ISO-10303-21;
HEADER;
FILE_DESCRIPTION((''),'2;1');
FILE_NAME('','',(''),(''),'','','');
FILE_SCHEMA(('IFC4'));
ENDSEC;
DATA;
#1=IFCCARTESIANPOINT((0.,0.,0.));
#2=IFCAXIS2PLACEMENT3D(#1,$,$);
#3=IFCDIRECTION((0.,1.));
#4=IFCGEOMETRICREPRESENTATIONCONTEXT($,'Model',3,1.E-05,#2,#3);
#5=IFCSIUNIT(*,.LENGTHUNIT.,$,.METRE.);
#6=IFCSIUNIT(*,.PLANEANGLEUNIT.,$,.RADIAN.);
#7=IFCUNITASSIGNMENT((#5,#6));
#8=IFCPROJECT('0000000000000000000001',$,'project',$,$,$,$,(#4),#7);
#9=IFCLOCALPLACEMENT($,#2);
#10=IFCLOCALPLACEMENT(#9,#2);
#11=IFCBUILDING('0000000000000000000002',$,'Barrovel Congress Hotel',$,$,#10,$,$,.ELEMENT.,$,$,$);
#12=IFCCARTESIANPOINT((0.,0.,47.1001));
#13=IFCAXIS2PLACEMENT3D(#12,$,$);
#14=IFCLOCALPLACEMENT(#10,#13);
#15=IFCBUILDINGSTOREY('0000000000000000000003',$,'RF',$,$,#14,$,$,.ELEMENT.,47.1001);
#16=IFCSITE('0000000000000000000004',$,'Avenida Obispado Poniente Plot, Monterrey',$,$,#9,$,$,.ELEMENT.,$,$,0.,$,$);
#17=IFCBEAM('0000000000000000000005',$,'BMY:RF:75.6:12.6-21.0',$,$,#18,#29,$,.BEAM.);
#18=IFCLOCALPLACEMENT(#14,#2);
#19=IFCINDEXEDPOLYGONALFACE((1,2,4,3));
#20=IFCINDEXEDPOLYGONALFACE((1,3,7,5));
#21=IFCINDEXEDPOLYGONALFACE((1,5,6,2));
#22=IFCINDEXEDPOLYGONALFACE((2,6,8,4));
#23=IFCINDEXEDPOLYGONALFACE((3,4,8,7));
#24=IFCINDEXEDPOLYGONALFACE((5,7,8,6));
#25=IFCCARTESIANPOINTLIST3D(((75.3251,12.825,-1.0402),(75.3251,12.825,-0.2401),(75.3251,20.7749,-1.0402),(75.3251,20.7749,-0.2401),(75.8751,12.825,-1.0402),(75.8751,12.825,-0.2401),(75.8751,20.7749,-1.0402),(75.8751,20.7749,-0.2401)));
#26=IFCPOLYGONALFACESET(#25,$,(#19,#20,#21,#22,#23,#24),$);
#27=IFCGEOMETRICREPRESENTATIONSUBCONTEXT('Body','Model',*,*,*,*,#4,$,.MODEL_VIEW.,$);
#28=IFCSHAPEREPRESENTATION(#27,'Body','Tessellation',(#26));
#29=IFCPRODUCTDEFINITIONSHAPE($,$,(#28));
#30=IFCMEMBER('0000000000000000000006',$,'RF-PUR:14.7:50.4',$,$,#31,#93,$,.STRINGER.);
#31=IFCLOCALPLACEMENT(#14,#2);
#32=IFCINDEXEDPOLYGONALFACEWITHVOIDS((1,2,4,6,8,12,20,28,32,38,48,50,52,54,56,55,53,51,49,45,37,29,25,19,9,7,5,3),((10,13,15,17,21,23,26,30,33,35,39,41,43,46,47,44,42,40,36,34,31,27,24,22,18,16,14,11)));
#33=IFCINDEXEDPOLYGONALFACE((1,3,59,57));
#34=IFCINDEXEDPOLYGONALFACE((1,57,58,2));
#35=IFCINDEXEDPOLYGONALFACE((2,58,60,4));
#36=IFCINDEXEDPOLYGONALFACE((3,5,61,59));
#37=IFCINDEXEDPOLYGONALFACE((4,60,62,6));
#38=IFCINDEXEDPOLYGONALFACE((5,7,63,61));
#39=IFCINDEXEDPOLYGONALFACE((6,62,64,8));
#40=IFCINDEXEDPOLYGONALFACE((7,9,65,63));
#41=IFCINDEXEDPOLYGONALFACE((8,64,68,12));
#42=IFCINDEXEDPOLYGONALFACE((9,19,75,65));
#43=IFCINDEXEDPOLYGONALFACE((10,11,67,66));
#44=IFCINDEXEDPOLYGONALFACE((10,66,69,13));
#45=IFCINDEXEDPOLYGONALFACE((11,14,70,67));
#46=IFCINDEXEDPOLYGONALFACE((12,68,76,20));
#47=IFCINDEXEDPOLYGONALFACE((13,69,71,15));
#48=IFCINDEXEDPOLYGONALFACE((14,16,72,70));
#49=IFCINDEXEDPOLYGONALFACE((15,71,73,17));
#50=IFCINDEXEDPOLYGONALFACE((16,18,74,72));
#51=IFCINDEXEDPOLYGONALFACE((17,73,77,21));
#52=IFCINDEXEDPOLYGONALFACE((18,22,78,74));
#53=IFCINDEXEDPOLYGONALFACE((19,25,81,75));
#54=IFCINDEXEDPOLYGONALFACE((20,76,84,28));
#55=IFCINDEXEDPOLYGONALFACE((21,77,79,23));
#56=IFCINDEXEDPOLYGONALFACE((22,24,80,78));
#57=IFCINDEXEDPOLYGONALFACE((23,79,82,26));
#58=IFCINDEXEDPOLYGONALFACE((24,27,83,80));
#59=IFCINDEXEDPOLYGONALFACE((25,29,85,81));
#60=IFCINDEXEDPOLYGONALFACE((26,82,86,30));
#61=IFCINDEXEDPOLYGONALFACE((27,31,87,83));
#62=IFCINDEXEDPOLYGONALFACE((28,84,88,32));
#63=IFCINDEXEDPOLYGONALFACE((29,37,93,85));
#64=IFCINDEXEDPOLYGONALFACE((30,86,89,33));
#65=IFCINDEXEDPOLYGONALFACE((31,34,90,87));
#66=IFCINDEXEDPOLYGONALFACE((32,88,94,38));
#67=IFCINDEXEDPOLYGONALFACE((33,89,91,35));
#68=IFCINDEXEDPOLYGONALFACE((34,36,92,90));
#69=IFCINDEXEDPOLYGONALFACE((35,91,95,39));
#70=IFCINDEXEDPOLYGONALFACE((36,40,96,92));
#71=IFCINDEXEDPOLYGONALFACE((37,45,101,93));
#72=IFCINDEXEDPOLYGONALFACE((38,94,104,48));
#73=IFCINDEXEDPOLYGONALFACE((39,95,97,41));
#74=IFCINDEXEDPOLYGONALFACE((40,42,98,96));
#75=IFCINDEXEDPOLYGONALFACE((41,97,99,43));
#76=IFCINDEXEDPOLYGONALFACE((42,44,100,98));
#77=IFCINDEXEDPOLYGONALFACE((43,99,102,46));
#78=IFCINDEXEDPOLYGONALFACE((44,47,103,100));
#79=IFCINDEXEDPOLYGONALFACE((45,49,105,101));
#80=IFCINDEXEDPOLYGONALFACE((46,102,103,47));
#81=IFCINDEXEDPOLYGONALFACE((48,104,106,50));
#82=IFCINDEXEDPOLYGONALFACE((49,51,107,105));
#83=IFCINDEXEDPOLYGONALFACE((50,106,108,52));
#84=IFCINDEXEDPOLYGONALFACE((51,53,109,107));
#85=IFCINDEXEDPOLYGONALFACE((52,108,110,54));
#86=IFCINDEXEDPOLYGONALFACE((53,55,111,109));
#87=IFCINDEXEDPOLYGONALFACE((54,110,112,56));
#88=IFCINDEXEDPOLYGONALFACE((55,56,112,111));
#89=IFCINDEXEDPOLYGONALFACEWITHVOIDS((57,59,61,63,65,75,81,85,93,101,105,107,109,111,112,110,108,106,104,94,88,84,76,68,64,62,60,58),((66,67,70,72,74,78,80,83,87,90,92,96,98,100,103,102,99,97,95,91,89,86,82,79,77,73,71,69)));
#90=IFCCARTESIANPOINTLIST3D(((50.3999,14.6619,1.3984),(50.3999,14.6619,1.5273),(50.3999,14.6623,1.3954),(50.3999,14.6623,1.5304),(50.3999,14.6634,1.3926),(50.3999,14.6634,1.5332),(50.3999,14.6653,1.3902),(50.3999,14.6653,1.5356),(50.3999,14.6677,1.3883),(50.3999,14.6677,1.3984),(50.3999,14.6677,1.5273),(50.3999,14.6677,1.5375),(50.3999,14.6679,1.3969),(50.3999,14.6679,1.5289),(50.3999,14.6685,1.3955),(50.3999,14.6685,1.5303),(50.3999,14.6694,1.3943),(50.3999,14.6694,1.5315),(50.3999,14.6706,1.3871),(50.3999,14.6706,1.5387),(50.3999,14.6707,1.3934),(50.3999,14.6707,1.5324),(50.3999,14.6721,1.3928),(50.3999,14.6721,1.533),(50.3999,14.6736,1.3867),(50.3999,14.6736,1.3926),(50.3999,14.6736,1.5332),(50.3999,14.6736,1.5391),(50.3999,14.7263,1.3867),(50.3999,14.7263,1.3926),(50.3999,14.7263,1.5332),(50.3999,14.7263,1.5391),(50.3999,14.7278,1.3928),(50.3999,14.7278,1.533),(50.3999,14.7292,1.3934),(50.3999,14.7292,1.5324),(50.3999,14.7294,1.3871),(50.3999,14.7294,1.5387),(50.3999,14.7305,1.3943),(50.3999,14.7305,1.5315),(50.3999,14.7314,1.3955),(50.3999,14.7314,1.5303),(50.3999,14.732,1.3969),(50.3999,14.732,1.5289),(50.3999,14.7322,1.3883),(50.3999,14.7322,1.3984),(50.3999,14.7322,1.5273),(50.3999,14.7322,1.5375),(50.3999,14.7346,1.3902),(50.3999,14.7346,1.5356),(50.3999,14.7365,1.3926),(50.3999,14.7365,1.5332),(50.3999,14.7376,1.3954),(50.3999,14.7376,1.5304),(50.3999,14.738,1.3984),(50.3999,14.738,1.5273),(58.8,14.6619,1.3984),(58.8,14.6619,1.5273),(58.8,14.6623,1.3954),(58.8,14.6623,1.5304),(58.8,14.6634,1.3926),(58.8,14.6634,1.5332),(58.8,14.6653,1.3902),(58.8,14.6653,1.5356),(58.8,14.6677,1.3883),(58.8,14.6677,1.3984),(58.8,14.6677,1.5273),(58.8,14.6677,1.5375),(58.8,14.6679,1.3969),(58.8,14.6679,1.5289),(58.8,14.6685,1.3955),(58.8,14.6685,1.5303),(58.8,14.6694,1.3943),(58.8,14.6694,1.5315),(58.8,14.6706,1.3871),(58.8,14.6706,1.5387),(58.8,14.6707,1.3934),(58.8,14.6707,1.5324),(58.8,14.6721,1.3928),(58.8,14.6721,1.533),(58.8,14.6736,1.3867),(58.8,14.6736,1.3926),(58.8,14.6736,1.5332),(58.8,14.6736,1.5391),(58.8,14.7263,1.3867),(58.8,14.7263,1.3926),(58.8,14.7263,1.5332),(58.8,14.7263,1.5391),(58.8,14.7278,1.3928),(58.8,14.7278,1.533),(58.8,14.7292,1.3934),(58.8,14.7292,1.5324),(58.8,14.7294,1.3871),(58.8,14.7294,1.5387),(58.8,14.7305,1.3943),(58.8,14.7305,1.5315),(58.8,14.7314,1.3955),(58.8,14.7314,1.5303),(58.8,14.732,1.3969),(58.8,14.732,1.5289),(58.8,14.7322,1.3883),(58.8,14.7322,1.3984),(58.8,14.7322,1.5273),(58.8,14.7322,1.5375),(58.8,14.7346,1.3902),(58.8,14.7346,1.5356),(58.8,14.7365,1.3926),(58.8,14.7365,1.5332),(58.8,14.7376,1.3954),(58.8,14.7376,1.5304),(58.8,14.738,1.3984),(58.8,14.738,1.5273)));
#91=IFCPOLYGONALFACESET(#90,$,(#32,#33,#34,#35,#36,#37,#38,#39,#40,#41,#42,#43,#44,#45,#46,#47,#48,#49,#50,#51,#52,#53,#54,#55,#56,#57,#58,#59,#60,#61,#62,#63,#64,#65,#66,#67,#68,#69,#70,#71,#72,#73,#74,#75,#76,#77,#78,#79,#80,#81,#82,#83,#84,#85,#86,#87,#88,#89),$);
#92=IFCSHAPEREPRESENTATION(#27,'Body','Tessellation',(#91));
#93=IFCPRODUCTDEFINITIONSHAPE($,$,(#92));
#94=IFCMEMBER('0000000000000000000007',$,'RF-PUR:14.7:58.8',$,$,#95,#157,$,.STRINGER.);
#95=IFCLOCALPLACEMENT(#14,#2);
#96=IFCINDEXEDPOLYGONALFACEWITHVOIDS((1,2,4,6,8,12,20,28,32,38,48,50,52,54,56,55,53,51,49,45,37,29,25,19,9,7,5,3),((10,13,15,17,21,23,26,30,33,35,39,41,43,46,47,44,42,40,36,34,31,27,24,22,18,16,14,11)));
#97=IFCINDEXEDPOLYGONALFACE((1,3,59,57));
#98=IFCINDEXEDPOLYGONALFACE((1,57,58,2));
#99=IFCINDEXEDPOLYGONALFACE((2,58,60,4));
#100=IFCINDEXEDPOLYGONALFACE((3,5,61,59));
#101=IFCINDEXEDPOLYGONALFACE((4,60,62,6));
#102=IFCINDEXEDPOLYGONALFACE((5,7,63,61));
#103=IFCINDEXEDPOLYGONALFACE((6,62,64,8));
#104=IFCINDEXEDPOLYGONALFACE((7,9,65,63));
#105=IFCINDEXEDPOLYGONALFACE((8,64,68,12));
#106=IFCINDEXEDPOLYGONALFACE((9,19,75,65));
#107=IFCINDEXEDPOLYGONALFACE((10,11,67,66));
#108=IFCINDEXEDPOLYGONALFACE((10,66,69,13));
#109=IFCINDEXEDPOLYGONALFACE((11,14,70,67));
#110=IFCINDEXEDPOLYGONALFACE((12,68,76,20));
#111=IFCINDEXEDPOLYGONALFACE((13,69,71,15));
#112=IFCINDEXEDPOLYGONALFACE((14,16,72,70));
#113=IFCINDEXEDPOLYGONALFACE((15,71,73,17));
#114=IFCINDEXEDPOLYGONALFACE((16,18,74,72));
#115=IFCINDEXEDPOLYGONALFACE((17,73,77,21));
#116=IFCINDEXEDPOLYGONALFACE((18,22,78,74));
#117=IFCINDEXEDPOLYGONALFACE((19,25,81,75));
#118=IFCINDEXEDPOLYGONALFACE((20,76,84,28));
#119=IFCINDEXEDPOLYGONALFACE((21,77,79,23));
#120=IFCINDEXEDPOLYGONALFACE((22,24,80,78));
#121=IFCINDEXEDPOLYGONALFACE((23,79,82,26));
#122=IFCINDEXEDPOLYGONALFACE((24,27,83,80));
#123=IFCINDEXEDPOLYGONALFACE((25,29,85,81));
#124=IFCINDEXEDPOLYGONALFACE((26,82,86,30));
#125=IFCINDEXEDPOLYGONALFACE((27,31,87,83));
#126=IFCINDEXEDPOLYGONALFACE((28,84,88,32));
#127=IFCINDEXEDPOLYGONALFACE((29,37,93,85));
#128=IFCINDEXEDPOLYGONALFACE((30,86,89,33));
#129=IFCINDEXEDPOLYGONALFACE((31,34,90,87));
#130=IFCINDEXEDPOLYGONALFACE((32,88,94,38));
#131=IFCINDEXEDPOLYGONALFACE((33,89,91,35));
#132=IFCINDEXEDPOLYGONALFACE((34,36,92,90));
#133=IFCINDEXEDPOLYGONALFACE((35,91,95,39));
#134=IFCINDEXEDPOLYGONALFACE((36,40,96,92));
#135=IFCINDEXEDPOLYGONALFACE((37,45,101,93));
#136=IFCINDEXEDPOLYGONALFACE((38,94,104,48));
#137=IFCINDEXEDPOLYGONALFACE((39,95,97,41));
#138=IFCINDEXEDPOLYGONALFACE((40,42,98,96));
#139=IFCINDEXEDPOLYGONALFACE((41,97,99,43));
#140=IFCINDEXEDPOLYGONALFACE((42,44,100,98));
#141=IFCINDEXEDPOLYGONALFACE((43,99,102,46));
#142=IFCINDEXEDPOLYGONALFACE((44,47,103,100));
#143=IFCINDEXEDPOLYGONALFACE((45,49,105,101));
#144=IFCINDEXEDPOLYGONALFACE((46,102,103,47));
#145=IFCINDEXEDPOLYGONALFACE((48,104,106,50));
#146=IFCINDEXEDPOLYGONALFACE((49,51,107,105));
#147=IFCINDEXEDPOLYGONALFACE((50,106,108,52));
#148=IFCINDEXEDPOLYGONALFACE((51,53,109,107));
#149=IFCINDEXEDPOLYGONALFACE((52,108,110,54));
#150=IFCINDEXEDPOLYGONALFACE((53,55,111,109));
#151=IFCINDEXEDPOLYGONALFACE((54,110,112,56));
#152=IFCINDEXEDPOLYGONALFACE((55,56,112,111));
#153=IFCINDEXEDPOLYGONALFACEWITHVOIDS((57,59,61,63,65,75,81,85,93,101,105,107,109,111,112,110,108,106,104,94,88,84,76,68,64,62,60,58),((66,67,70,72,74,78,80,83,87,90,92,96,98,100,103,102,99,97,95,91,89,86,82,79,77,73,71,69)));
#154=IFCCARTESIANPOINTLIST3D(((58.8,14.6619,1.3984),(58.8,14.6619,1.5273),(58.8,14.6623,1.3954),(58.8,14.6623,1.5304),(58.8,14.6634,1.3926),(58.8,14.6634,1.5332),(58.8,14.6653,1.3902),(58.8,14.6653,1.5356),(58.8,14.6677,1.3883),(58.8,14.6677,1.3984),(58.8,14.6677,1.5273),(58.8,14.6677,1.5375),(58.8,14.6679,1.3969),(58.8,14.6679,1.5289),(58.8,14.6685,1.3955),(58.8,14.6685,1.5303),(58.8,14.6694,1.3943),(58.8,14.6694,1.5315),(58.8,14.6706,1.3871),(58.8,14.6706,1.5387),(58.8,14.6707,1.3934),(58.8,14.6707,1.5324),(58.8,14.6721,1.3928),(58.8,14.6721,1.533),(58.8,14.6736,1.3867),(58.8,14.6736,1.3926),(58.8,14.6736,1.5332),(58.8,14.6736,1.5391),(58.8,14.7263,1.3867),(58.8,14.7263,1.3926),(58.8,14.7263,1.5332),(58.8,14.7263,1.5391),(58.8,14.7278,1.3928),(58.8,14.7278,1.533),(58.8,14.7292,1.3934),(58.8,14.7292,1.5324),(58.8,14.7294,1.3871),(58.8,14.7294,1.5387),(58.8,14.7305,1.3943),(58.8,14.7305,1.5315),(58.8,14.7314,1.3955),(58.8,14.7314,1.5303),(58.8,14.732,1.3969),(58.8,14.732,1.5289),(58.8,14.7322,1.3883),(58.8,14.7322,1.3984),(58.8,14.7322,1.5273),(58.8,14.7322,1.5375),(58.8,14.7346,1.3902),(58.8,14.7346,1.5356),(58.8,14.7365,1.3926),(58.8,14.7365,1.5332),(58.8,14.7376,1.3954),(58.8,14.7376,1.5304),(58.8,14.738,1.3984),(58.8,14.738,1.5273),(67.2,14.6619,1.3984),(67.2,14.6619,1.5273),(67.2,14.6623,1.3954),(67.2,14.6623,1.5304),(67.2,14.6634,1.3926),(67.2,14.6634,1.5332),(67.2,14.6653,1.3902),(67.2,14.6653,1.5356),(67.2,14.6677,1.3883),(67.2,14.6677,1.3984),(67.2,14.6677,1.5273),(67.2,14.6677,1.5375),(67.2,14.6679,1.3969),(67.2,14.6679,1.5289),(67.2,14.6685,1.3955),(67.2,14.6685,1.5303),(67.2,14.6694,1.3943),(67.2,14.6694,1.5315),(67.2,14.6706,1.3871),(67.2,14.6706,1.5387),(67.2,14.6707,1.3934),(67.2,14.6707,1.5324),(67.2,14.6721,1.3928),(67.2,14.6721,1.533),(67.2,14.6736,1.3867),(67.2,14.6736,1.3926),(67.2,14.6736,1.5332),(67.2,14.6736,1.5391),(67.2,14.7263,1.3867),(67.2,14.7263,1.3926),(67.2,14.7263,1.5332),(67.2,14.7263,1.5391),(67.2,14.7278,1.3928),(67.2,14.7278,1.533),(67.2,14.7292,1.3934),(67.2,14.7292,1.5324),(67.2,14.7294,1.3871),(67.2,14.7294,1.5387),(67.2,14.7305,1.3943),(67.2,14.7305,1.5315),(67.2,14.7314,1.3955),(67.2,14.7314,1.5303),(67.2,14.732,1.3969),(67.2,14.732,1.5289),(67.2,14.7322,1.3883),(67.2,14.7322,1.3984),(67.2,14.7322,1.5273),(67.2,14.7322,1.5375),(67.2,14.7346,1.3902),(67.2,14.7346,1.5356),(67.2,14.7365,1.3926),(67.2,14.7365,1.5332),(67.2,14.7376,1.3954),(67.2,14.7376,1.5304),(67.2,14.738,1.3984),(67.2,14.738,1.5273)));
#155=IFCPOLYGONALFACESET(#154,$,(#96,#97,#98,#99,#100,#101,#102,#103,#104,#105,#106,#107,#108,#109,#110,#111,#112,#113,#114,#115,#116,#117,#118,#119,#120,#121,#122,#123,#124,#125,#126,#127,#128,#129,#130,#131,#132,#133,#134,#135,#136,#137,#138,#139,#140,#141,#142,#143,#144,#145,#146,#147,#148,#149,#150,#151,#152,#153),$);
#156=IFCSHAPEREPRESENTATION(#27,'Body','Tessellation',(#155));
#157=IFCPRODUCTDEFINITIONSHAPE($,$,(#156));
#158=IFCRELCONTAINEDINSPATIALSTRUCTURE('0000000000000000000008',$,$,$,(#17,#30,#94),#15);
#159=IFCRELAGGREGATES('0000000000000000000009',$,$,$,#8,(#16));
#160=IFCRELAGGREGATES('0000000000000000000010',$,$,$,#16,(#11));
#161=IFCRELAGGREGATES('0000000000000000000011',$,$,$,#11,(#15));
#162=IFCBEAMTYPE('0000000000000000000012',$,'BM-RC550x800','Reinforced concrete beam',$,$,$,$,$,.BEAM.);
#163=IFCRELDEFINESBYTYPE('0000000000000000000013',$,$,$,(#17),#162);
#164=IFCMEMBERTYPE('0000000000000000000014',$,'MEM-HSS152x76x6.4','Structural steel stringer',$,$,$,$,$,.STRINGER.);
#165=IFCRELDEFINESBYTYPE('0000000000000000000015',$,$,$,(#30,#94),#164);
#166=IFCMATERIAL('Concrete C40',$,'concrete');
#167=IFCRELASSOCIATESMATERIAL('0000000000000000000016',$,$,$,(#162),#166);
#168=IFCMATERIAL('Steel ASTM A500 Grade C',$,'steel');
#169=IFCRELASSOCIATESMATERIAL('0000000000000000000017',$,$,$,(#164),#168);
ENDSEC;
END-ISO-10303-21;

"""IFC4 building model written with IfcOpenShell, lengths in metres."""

from ifc_helpers import new_model, si_unit, direction, frame, origin, origin_2d, place, context, subcontext, project, spatial, rectangle, hollow_rectangle, extrude, material, material_profile, profile_set, type_object, element, save


model = new_model("IFC4")

# Units and contexts
model_context = context("Model", 3, precision=1e-05, world=origin(), true_north=direction((0.0, 1.0)))
body_context = subcontext(model_context, "Body", "Model", "MODEL_VIEW")
ifc_project = project(units=[si_unit("LENGTHUNIT", "METRE"), si_unit("PLANEANGLEUNIT", "RADIAN")], contexts=[model_context])

# Site, building, storey
site_placement = place(None, origin())
site = spatial("IfcSite", under=ifc_project, at=site_placement, Name="Avenida Obispado Poniente Plot, Monterrey", CompositionType="ELEMENT", RefElevation=0.0)
building_placement = place(site_placement, origin())
building = spatial("IfcBuilding", under=site, at=building_placement, Name="Barrovel Congress Hotel", CompositionType="ELEMENT")
storey_placement = place(building_placement, frame((0.0, 0.0, 47.1001)))
storey = spatial("IfcBuildingStorey", under=building, at=storey_placement, Name="RF", CompositionType="ELEMENT", Elevation=47.1001)

# Beam
ifc_material_1 = material(Name="Concrete C40", Category="concrete")
ifc_material_profile_1 = material_profile(ifc_material_1, rectangle(XDim=0.55, YDim=0.8, at=origin_2d()), Name="RC550x800")
ifc_profile_set_1 = profile_set([ifc_material_profile_1], Name="Concrete C40")
beam_type_1 = type_object("IfcBeamType", Name="BM-RC550x800", Description="Reinforced concrete beam", PredefinedType="BEAM", material=ifc_profile_set_1)
beam_1_placement = place(storey_placement, frame((75.6001, 12.825, -0.6401), z_axis=(0.0, 1.0, 0.0), x_axis=(-1.0, 0.0, 0.0)))
element("IfcBeam", 1, at=beam_1_placement, inside=storey, type_object=beam_type_1, Name="BMY:RF:75.6:12.6-21.0", PredefinedType="BEAM", context=body_context, shape_type="SweptSolid", body=[
    extrude(rectangle(XDim=0.55, YDim=0.8, at=origin_2d()), origin(), (0.0, 0.0, 1.0), 7.95),
])

# Members
ifc_material_2 = material(Name="Steel ASTM A500 Grade C", Category="steel")
ifc_material_profile_2 = material_profile(ifc_material_2, hollow_rectangle(XDim=0.0762, YDim=0.1523, WallThickness=0.0059, InnerFilletRadius=0.0059, OuterFilletRadius=0.0117, at=origin_2d()), Name="HSS152x76x6.4")
ifc_profile_set_2 = profile_set([ifc_material_profile_2], Name="Steel ASTM A500 Grade C")
member_type_1 = type_object("IfcMemberType", Name="MEM-HSS152x76x6.4", Description="Structural steel stringer", PredefinedType="STRINGER", material=ifc_profile_set_2)
member_1_placement = place(storey_placement, frame((50.3999, 14.7, 1.4629), z_axis=(1.0, 0.0, 0.0), x_axis=(0.0, 1.0, 0.0)))
element("IfcMember", 2, at=member_1_placement, inside=storey, type_object=member_type_1, Name="RF-PUR:14.7:50.4", PredefinedType="STRINGER", context=body_context, shape_type="SweptSolid", body=[
    extrude(hollow_rectangle(XDim=0.0762, YDim=0.1523, WallThickness=0.0059, InnerFilletRadius=0.0059, OuterFilletRadius=0.0117, at=origin_2d()), origin(), (0.0, 0.0, 1.0), 8.4001),
])
member_2_placement = place(storey_placement, frame((58.8, 14.7, 1.4629), z_axis=(1.0, 0.0, 0.0), x_axis=(0.0, 1.0, 0.0)))
element("IfcMember", 3, at=member_2_placement, inside=storey, type_object=member_type_1, Name="RF-PUR:14.7:58.8", PredefinedType="STRINGER", context=body_context, shape_type="SweptSolid", body=[
    extrude(hollow_rectangle(XDim=0.0762, YDim=0.1523, WallThickness=0.0059, InnerFilletRadius=0.0059, OuterFilletRadius=0.0117, at=origin_2d()), origin(), (0.0, 0.0, 1.0), 8.3999),
])

save(model, "model.ifc")
